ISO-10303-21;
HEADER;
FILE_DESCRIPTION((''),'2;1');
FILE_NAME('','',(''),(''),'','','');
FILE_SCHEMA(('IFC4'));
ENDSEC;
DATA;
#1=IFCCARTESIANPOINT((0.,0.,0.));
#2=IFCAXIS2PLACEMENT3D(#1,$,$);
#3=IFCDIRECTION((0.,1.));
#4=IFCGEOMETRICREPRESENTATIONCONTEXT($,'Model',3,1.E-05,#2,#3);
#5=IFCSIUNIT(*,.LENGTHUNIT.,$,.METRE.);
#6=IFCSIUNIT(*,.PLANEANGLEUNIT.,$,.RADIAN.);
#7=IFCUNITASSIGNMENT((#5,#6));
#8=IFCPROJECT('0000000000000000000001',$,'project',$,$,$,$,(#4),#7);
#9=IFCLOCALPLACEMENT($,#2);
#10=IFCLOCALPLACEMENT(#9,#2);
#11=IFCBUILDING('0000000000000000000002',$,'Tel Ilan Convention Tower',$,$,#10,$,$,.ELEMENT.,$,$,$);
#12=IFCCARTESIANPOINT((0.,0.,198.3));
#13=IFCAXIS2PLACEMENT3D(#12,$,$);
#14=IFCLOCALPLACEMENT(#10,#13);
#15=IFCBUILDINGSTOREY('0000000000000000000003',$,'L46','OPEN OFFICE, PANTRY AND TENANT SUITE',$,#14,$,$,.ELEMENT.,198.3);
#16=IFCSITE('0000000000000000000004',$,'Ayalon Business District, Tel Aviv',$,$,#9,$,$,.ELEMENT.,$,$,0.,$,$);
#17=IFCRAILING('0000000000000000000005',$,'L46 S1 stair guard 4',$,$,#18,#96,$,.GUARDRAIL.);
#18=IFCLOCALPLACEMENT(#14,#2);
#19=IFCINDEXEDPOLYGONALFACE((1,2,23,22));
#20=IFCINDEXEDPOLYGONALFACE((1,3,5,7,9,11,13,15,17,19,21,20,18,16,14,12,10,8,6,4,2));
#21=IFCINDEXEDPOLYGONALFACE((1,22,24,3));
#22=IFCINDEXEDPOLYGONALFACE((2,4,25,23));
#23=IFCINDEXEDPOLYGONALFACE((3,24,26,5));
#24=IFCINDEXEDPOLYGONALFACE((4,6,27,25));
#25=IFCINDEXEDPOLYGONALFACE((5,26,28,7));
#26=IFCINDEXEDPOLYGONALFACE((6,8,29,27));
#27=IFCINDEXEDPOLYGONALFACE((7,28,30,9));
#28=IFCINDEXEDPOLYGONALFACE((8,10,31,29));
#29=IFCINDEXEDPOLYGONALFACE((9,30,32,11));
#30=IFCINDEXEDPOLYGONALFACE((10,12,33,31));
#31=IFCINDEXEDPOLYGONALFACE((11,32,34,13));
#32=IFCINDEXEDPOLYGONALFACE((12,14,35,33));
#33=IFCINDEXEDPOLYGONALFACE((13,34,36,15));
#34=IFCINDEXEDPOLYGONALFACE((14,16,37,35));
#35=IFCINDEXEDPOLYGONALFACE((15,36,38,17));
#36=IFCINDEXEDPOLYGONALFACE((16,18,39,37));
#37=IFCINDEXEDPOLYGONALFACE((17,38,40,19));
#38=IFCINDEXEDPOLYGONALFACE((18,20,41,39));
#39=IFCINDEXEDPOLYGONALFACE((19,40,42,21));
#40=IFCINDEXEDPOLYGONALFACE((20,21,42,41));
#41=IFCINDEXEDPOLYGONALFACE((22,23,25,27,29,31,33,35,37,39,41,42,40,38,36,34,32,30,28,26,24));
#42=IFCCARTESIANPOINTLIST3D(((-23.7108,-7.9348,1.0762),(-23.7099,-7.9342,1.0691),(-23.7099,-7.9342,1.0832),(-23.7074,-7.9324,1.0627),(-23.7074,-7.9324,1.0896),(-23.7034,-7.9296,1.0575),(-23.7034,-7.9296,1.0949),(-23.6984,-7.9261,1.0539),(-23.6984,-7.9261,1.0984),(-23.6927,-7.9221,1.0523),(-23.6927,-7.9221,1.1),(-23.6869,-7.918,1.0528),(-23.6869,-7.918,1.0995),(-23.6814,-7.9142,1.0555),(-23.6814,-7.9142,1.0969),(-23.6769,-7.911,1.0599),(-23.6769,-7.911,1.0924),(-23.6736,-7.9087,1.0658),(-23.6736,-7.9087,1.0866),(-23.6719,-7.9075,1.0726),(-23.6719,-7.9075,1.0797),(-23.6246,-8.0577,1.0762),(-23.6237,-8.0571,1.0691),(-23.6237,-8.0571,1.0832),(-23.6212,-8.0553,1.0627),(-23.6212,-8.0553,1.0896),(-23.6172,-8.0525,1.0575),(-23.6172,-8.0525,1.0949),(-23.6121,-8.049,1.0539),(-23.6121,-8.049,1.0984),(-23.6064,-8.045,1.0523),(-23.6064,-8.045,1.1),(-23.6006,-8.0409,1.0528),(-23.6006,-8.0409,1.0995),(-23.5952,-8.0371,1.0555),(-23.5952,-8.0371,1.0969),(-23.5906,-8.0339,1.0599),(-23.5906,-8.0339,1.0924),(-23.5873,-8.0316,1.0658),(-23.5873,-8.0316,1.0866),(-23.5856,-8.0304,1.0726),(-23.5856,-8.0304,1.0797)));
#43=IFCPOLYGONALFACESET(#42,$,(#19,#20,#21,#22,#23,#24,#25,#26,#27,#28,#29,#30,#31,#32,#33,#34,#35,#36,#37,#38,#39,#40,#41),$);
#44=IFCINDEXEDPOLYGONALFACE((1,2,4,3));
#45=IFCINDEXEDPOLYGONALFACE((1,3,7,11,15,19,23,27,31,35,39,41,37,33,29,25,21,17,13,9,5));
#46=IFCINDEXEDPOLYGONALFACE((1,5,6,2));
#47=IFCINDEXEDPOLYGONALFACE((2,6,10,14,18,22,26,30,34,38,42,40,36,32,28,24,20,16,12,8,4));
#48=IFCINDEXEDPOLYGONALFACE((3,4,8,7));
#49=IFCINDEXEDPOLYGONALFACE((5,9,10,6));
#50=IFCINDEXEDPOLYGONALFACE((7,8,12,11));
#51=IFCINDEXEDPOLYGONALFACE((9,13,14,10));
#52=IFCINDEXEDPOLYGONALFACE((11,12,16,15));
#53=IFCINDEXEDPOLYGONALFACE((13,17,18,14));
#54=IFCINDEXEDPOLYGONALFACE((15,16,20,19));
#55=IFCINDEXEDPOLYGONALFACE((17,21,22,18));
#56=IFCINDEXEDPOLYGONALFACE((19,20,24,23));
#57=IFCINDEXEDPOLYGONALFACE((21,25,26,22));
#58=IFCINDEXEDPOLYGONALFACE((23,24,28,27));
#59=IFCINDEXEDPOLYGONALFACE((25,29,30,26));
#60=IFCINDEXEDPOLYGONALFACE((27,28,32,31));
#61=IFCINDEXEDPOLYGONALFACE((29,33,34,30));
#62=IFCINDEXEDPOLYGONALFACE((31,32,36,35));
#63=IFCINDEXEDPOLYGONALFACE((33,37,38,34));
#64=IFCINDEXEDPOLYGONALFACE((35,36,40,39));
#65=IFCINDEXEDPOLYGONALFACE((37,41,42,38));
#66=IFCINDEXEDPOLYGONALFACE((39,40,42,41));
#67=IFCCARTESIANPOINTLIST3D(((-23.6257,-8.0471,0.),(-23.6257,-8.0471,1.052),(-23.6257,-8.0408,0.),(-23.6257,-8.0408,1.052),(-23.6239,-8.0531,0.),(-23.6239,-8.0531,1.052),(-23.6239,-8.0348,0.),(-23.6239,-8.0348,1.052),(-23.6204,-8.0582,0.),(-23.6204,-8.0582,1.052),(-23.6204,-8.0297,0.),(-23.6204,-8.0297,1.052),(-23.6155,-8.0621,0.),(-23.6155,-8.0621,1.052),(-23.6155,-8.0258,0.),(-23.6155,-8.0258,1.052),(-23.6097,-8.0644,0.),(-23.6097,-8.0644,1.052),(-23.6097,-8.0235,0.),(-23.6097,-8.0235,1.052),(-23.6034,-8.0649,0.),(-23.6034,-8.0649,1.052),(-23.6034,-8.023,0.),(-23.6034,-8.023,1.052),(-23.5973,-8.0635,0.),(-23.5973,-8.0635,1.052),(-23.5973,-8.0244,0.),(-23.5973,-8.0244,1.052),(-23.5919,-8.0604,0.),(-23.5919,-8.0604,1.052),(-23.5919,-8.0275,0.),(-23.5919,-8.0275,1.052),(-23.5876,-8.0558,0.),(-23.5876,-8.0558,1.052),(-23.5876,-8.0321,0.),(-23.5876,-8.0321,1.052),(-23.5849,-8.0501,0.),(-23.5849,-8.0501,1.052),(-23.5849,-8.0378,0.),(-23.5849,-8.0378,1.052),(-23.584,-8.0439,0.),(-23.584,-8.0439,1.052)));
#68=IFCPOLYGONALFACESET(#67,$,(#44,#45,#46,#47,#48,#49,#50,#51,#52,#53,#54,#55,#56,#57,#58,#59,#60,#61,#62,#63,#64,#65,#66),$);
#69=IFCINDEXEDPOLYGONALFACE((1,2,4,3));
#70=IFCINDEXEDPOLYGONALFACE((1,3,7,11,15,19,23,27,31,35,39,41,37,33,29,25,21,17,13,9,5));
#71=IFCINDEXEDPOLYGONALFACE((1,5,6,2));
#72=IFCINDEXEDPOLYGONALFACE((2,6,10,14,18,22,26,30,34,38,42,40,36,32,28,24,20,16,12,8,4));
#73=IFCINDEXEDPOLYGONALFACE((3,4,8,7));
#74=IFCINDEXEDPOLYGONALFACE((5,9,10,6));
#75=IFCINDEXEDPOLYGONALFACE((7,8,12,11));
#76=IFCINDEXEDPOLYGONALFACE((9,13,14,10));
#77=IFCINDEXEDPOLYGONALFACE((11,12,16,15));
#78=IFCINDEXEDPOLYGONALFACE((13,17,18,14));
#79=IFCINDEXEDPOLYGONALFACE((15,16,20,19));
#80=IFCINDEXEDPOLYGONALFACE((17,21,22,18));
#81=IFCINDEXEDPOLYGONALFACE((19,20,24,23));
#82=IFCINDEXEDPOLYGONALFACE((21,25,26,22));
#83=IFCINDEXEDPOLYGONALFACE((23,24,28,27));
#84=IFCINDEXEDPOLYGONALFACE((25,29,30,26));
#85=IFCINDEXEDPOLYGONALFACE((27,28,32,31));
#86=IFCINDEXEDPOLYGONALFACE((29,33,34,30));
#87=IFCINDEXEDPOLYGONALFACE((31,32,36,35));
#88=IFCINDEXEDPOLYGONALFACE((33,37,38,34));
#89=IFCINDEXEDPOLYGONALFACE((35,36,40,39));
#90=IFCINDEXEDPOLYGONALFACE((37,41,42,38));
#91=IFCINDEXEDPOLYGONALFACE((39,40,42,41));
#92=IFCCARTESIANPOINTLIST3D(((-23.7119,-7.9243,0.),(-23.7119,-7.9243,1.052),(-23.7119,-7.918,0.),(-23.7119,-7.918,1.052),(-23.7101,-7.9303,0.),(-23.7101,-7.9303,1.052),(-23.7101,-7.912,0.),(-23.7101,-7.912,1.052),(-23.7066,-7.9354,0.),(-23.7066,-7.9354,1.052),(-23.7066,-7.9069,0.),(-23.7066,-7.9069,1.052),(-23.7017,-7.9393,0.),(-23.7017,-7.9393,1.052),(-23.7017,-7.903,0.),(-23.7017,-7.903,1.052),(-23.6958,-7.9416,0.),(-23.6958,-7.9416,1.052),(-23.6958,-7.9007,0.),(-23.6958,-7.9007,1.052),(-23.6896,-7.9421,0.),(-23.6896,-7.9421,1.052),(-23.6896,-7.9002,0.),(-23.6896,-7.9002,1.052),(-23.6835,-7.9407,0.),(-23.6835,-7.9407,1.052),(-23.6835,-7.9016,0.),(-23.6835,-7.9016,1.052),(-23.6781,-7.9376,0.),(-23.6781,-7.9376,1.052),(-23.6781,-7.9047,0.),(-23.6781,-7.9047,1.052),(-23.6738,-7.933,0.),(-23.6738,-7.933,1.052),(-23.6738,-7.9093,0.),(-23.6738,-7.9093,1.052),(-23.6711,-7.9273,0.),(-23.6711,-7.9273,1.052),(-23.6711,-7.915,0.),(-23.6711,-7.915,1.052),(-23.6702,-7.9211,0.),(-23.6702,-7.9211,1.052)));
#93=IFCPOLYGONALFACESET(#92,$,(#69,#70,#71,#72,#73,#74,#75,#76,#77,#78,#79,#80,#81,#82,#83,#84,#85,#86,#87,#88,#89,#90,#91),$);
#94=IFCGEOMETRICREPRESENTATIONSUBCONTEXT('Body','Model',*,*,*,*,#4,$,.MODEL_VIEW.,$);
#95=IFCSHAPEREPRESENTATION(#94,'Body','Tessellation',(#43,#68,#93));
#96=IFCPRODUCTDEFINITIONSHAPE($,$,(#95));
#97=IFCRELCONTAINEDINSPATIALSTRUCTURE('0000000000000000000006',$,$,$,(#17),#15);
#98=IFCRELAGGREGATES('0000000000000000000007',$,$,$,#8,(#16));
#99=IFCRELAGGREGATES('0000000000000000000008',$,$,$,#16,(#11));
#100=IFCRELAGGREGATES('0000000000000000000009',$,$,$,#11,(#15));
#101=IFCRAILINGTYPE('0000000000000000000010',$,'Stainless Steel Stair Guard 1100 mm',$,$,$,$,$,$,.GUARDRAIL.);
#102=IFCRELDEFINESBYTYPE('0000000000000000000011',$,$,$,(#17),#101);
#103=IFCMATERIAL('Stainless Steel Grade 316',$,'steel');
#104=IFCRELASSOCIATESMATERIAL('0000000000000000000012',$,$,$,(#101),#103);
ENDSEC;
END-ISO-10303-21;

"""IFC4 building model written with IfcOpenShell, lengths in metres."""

from ifc_helpers import new_model, si_unit, direction, frame, origin, origin_2d, place, context, subcontext, project, spatial, circle, extrude, material, type_object, element, save


model = new_model("IFC4")

# Units and contexts
model_context = context("Model", 3, precision=1e-05, world=origin(), true_north=direction((0.0, 1.0)))
body_context = subcontext(model_context, "Body", "Model", "MODEL_VIEW")
ifc_project = project(units=[si_unit("LENGTHUNIT", "METRE"), si_unit("PLANEANGLEUNIT", "RADIAN")], contexts=[model_context])

# Site, building, storey
site_placement = place(None, origin())
site = spatial("IfcSite", under=ifc_project, at=site_placement, Name="Ayalon Business District, Tel Aviv", CompositionType="ELEMENT", RefElevation=0.0)
building_placement = place(site_placement, origin())
building = spatial("IfcBuilding", under=site, at=building_placement, Name="Tel Ilan Convention Tower", CompositionType="ELEMENT")
storey_placement = place(building_placement, frame((0.0, 0.0, 198.3)))
storey = spatial("IfcBuildingStorey", under=building, at=storey_placement, Name="L46", Description="OPEN OFFICE, PANTRY AND TENANT SUITE", CompositionType="ELEMENT", Elevation=198.3)

# Railing
ifc_material_1 = material(Name="Stainless Steel Grade 316", Category="steel")
railing_type_1 = type_object("IfcRailingType", Name="Stainless Steel Stair Guard 1100 mm", PredefinedType="GUARDRAIL", material=ifc_material_1)
railing_1_placement = place(storey_placement, frame((-23.605, -8.0439, 0.0)))
element("IfcRailing", 1, at=railing_1_placement, inside=storey, type_object=railing_type_1, Name="L46 S1 stair guard 4", PredefinedType="GUARDRAIL", context=body_context, shape_type="SweptSolid", body=[
    extrude(circle(Radius=0.0239, at=origin_2d()), frame((0.0, 0.0, 1.0762), z_axis=(-0.574445, 0.818543, 0.0), x_axis=(-0.818543, -0.574445, 0.0)), (0.0, 0.0, 1.0), 0.1501),
    extrude(circle(Radius=0.021, at=origin_2d()), origin(), (0.0, 0.0, 1.0), 1.052),
    extrude(circle(Radius=0.021, at=origin_2d()), frame((-0.0862, 0.1228, 0.0)), (0.0, 0.0, 1.0), 1.052),
])

save(model, "model.ifc")
